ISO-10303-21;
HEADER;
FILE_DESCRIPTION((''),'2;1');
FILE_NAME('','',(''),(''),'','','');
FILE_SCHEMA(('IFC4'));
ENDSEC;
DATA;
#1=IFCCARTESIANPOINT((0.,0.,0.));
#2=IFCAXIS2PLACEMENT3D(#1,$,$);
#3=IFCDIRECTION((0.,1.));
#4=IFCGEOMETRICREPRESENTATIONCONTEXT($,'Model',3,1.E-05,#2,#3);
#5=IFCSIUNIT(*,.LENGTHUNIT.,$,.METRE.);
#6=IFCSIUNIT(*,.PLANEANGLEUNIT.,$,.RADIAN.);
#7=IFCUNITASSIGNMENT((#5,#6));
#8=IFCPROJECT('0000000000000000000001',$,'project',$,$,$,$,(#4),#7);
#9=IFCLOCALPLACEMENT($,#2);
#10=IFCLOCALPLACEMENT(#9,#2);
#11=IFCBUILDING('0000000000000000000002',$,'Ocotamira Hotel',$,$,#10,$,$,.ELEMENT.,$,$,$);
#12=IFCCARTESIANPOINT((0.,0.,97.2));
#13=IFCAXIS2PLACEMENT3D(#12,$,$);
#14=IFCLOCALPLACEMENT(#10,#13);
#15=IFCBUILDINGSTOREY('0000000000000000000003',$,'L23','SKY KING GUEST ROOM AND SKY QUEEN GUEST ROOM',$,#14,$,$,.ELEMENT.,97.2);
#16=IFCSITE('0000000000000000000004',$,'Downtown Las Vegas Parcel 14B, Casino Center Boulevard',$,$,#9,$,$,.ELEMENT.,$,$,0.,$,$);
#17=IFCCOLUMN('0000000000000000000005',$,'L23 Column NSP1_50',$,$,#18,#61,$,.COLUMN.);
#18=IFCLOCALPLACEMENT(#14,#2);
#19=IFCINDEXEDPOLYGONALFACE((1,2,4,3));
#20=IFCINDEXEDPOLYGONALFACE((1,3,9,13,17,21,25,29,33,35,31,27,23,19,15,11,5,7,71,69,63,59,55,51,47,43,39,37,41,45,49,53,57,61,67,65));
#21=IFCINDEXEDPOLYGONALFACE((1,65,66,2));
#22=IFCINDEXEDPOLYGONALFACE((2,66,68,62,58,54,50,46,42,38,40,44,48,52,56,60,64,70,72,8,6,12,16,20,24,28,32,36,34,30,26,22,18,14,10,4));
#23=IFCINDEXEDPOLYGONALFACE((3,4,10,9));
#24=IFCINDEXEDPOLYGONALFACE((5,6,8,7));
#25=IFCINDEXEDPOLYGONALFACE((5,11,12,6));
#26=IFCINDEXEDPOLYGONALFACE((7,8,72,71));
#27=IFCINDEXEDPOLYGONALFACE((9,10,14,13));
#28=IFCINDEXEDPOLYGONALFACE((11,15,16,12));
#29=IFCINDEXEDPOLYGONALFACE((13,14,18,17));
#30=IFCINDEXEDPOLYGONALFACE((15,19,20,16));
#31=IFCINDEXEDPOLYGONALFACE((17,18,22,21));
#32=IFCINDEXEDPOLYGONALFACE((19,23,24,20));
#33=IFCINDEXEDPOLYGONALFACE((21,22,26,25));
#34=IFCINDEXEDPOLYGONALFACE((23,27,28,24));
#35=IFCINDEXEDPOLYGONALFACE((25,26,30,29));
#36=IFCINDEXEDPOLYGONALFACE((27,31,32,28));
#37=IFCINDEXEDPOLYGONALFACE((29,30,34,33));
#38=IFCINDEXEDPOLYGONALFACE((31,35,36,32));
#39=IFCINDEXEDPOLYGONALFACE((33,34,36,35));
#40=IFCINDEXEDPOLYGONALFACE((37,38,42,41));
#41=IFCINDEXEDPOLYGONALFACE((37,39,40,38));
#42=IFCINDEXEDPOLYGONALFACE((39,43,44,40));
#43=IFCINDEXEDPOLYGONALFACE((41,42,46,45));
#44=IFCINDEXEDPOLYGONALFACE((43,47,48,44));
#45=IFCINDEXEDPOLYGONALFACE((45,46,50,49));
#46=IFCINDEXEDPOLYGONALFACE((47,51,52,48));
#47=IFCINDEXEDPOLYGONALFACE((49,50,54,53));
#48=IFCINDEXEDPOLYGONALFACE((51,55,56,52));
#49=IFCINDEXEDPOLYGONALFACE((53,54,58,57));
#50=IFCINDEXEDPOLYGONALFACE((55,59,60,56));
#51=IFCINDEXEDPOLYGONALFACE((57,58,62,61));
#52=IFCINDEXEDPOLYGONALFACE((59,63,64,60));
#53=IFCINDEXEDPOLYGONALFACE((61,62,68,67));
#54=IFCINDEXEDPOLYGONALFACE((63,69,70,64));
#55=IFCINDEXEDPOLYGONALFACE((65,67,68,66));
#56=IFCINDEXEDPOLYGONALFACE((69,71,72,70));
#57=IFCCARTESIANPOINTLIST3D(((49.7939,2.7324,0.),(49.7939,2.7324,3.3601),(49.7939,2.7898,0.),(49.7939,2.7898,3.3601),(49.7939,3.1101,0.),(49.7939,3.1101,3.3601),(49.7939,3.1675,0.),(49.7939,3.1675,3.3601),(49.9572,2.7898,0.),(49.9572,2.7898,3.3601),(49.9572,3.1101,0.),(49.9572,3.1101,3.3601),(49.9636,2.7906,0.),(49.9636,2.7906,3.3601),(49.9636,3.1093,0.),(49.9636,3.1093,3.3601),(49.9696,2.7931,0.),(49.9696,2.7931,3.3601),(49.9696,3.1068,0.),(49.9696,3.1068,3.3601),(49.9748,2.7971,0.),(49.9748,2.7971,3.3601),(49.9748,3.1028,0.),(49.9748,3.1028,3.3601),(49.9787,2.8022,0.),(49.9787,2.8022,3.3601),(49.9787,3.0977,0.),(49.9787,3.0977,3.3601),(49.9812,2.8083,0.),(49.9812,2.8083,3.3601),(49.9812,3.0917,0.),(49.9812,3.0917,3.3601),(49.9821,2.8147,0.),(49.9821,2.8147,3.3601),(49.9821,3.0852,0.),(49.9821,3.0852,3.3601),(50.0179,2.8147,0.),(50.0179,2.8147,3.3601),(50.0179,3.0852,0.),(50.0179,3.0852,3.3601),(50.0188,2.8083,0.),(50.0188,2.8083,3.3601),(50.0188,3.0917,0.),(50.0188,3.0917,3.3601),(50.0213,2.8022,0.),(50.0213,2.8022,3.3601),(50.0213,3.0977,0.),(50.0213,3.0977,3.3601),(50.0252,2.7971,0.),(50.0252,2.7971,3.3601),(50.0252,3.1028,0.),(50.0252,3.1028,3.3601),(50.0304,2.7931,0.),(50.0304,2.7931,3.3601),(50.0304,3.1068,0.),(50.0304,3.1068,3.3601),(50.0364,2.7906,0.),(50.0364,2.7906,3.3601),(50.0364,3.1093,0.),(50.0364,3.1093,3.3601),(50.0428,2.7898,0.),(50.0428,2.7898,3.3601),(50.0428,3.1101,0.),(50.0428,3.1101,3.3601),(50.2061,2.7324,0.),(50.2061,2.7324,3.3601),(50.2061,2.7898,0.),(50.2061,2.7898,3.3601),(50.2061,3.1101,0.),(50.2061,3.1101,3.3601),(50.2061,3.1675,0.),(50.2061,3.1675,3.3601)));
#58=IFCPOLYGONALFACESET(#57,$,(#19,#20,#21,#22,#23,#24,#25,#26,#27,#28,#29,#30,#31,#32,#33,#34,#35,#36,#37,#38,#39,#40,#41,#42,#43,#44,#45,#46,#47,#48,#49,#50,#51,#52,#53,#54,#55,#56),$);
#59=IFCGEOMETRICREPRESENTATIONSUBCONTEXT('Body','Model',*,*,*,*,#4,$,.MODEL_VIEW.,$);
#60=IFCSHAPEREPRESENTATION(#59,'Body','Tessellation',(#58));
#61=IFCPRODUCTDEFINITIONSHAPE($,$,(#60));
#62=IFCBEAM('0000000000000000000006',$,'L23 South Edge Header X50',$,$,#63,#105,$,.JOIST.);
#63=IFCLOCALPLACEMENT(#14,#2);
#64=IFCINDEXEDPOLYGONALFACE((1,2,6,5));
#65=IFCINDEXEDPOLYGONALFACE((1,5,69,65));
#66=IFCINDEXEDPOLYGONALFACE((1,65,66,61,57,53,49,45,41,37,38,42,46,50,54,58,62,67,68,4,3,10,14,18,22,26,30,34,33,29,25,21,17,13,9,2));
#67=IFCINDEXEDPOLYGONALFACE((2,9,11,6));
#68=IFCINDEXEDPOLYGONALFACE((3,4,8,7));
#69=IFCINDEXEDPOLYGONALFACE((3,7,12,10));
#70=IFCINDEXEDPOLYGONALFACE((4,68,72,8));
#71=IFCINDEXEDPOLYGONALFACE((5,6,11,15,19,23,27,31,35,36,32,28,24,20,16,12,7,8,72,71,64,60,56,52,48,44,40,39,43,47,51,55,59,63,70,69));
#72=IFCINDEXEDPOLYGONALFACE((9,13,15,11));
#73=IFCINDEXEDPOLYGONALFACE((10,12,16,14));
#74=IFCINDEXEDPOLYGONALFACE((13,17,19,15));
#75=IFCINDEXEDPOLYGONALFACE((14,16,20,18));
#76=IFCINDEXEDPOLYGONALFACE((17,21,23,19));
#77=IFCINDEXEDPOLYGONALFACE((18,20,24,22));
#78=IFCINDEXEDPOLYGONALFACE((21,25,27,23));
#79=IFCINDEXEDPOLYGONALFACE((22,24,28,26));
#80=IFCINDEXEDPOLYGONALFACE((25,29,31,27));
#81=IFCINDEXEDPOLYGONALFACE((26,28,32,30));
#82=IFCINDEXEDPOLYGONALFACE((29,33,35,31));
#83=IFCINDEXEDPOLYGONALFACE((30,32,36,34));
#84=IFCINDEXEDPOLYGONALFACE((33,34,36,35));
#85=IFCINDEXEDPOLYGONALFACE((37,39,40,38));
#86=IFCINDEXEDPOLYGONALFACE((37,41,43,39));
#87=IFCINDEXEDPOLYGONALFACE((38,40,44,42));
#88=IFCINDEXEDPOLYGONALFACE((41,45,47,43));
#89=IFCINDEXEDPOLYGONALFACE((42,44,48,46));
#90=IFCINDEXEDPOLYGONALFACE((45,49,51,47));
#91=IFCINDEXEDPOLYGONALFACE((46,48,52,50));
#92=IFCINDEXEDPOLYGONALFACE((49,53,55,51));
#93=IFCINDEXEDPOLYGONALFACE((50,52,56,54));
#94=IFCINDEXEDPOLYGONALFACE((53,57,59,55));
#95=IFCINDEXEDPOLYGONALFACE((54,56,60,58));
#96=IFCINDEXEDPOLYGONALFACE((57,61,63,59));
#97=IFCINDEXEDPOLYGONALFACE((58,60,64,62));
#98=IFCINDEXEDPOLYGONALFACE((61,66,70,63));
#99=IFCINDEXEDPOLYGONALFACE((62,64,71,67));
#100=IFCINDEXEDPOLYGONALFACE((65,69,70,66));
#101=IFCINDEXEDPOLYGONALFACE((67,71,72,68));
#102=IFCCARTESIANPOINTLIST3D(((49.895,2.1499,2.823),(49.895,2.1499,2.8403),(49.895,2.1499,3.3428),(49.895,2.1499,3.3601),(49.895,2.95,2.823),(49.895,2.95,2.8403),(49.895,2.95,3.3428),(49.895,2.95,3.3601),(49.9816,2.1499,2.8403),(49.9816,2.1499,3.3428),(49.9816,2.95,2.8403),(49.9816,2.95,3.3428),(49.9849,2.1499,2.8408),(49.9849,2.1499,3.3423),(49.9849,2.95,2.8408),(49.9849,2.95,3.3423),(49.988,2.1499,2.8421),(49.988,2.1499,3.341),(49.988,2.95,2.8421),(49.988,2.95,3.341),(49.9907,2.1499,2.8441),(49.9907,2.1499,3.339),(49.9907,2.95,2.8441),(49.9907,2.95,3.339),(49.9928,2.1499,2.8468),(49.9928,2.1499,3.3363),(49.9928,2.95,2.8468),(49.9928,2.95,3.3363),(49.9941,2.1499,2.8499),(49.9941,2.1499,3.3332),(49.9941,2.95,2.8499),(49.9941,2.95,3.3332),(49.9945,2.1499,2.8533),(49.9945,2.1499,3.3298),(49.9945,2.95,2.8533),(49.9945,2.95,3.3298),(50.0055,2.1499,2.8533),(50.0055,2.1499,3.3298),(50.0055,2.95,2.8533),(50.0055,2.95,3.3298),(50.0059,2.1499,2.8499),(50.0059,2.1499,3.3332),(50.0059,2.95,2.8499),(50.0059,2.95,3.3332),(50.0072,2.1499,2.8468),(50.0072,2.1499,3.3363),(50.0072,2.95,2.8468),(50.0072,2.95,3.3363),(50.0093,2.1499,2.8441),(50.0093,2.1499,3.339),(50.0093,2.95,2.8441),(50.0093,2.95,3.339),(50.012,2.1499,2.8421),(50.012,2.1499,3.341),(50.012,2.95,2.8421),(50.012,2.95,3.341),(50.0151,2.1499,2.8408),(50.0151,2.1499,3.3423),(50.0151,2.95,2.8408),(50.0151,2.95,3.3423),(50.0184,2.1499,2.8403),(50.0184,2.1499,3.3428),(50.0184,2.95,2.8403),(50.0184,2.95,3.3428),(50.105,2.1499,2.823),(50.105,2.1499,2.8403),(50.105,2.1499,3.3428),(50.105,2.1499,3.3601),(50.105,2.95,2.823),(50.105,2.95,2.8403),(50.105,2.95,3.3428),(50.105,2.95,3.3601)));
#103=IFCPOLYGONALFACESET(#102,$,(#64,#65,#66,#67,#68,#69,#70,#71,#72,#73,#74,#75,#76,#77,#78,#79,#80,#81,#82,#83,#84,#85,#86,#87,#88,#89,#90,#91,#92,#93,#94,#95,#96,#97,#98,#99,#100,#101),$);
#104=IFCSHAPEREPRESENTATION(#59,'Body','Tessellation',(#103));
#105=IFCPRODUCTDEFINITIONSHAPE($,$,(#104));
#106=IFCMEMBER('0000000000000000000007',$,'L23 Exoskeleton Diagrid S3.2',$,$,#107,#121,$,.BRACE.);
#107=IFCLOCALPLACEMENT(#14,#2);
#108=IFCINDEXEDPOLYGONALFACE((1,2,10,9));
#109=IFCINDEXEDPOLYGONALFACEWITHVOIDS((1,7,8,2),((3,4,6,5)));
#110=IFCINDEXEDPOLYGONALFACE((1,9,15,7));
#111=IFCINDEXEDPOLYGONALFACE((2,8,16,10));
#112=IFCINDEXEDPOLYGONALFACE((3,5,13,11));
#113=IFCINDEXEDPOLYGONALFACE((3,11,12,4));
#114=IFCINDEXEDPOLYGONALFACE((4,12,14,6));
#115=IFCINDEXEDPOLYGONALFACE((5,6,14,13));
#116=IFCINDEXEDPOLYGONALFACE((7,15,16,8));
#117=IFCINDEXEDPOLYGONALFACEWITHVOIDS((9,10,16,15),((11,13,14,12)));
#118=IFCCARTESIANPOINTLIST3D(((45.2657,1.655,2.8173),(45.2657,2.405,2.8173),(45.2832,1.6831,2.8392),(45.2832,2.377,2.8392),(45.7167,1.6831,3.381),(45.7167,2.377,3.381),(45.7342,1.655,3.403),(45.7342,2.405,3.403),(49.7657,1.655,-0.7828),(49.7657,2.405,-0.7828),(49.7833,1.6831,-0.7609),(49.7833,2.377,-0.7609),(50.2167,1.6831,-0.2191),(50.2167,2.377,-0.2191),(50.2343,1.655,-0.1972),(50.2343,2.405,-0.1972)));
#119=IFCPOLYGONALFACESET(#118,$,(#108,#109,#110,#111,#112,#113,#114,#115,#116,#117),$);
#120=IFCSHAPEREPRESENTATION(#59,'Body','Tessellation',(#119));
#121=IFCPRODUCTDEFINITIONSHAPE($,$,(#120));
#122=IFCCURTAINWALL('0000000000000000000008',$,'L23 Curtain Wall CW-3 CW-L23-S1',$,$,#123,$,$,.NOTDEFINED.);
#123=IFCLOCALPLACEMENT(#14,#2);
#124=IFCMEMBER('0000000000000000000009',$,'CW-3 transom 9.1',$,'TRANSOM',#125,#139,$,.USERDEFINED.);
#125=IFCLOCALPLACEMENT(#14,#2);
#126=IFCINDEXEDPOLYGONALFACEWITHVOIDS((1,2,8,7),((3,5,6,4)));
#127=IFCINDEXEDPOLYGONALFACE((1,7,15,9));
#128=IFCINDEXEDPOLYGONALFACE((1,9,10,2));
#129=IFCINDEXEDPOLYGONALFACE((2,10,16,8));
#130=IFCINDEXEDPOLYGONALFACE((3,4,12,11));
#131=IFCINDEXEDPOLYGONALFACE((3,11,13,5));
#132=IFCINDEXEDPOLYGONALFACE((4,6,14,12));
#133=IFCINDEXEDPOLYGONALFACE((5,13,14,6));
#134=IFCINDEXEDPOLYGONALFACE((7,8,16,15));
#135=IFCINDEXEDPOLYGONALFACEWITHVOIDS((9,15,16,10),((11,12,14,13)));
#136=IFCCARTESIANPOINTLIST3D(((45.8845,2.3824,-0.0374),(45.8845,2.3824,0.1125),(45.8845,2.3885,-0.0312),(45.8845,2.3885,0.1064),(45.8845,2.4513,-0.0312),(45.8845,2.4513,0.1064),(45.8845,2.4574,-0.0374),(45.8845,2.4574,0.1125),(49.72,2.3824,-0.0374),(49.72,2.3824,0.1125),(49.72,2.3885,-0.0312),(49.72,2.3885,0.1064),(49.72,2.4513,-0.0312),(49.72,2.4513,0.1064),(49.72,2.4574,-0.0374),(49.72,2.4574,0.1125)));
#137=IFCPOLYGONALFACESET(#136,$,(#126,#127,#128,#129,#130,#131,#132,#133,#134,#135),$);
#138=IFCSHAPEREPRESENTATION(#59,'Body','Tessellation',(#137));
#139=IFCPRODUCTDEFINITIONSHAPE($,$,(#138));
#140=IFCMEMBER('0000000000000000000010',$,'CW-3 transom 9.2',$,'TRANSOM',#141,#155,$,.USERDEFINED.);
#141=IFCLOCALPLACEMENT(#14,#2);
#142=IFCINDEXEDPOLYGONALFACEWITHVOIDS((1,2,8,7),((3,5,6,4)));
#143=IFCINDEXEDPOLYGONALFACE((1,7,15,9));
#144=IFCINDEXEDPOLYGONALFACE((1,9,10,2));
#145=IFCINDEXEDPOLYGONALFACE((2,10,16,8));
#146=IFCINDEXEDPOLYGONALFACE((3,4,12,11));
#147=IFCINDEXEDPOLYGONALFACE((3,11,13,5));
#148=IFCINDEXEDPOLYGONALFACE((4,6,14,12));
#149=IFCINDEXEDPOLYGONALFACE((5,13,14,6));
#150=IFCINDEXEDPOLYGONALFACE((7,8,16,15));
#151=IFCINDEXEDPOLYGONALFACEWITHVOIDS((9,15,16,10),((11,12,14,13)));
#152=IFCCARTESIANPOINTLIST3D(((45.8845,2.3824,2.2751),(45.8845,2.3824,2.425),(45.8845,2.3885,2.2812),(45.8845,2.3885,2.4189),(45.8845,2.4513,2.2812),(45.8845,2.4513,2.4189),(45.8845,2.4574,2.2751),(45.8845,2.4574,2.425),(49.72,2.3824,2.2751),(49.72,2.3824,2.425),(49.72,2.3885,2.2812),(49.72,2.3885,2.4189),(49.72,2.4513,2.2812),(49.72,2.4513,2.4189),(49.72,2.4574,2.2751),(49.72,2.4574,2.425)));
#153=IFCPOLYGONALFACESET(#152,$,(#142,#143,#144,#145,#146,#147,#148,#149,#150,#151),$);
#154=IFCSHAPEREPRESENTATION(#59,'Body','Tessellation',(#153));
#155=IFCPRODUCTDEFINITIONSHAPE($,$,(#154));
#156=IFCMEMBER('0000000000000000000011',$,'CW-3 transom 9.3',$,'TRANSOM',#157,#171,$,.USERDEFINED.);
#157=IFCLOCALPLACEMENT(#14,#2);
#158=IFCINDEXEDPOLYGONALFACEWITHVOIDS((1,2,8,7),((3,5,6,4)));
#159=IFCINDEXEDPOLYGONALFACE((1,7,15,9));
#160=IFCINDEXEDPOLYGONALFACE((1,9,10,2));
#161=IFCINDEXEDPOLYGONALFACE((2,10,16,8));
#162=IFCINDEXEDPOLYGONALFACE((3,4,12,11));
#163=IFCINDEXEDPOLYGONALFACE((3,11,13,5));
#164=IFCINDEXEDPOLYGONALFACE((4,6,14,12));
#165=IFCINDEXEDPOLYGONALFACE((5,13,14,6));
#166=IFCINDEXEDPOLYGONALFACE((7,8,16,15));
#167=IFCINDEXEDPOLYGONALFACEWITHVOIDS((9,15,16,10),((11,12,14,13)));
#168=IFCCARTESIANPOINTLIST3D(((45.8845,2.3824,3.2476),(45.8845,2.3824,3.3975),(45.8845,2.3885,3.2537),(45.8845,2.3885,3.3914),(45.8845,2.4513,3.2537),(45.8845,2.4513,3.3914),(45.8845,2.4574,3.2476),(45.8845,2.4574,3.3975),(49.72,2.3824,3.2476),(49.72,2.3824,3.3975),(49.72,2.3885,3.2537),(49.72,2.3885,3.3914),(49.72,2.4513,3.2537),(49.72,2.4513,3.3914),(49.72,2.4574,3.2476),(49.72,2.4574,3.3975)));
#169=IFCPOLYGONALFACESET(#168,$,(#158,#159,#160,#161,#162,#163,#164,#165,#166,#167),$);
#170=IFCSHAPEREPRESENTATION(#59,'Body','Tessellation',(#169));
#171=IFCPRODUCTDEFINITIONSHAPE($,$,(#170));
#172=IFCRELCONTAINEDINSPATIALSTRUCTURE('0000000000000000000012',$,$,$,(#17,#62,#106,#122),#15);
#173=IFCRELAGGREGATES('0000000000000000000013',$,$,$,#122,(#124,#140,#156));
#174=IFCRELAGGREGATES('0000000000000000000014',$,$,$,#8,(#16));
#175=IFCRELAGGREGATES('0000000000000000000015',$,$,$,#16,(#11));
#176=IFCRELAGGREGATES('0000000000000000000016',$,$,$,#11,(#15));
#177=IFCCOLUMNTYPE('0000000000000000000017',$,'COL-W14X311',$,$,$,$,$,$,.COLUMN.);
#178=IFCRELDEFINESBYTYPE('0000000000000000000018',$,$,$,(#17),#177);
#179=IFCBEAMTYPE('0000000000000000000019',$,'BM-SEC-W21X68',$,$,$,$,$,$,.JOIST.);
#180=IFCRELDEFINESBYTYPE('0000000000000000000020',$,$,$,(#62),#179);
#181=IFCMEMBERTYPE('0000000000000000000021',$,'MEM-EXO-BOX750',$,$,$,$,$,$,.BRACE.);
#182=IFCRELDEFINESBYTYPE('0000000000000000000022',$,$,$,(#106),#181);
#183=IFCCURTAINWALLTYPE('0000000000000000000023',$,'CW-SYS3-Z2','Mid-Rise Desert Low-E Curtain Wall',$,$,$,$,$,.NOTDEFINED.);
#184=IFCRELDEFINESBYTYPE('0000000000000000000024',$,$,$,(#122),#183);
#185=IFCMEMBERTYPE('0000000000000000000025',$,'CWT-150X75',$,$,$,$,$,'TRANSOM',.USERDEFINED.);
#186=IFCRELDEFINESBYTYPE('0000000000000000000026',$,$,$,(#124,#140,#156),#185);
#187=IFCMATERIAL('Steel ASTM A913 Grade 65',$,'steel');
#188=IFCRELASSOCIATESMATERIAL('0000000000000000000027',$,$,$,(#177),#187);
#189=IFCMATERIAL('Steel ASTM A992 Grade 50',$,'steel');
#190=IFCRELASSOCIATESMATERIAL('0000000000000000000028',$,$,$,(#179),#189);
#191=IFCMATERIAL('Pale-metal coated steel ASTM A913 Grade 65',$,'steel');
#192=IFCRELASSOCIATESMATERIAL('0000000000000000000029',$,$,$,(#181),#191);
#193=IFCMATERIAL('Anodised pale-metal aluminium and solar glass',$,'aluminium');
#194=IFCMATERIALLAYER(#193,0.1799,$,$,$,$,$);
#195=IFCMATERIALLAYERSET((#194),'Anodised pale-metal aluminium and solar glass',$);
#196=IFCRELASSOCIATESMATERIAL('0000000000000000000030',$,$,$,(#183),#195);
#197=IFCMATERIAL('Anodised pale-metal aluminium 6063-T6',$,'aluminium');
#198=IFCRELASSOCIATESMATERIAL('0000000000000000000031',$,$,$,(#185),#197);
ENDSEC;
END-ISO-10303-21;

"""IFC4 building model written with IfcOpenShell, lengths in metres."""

from ifc_helpers import new_model, si_unit, direction, frame, origin, origin_2d, place, context, subcontext, project, spatial, hollow_rectangle, i_section, extrude, source, transform, mapped, material, layer, layer_set, material_profile, profile_set, type_object, element, aggregate, save


model = new_model("IFC4")

# Units and contexts
model_context = context("Model", 3, precision=1e-05, world=origin(), true_north=direction((0.0, 1.0)))
body_context = subcontext(model_context, "Body", "Model", "MODEL_VIEW")
ifc_project = project(units=[si_unit("LENGTHUNIT", "METRE"), si_unit("PLANEANGLEUNIT", "RADIAN")], contexts=[model_context])

# Site, building, storey
site_placement = place(None, origin())
site = spatial("IfcSite", under=ifc_project, at=site_placement, Name="Downtown Las Vegas Parcel 14B, Casino Center Boulevard", CompositionType="ELEMENT", RefElevation=0.0)
building_placement = place(site_placement, origin())
building = spatial("IfcBuilding", under=site, at=building_placement, Name="Ocotamira Hotel", CompositionType="ELEMENT")
storey_placement = place(building_placement, frame((0.0, 0.0, 97.2)))
storey = spatial("IfcBuildingStorey", under=building, at=storey_placement, Name="L23", Description="SKY KING GUEST ROOM AND SKY QUEEN GUEST ROOM", CompositionType="ELEMENT", Elevation=97.2)

# Column
ifc_material_1 = material(Name="Steel ASTM A913 Grade 65", Category="steel")
ifc_material_profile_1 = material_profile(ifc_material_1, i_section(OverallWidth=0.4121, OverallDepth=0.4351, WebThickness=0.0359, FlangeThickness=0.0574, FilletRadius=0.0249, at=origin_2d()), Name="W14X311")
ifc_profile_set_1 = profile_set([ifc_material_profile_1], Name="Steel ASTM A913 Grade 65")
column_type = type_object("IfcColumnType", Name="COL-W14X311", PredefinedType="COLUMN", material=ifc_profile_set_1)
shared_shape_1 = source(origin(), body_context, "Body", "SweptSolid", [
    extrude(i_section(OverallWidth=0.4121, OverallDepth=0.4351, WebThickness=0.0359, FlangeThickness=0.0574, FilletRadius=0.0249, at=origin_2d()), origin(), (0.0, 0.0, 1.0), 3.3601),
])
column_placement = place(storey_placement, frame((50.0, 2.95, 0.0), z_axis=(0.0, 0.0, 1.0), x_axis=(1.0, 0.0, 0.0)))
element("IfcColumn", 1, at=column_placement, inside=storey, type_object=column_type, Name="L23 Column NSP1_50", PredefinedType="COLUMN", context=body_context, shape_type="MappedRepresentation", body=[
    mapped(shared_shape_1, transform((0.0, 0.0, 0.0), scale=1.0)),
])

# Beam
ifc_material_2 = material(Name="Steel ASTM A992 Grade 50", Category="steel")
ifc_material_profile_2 = material_profile(ifc_material_2, i_section(OverallWidth=0.21, OverallDepth=0.5371, WebThickness=0.011, FlangeThickness=0.0173, FilletRadius=0.0129, at=origin_2d()), Name="W21X68")
ifc_profile_set_2 = profile_set([ifc_material_profile_2], Name="Steel ASTM A992 Grade 50")
beam_type = type_object("IfcBeamType", Name="BM-SEC-W21X68", PredefinedType="JOIST", material=ifc_profile_set_2)
shared_shape_2 = source(origin(), body_context, "Body", "SweptSolid", [
    extrude(i_section(OverallWidth=0.21, OverallDepth=0.5371, WebThickness=0.011, FlangeThickness=0.0173, FilletRadius=0.0129, at=origin_2d()), origin(), (0.0, 0.0, 1.0), 0.8),
])
beam_placement = place(storey_placement, frame((50.0, 2.95, 3.0916), z_axis=(0.0, -1.0, 0.0), x_axis=(1.0, 0.0, 0.0)))
element("IfcBeam", 2, at=beam_placement, inside=storey, type_object=beam_type, Name="L23 South Edge Header X50", PredefinedType="JOIST", context=body_context, shape_type="MappedRepresentation", body=[
    mapped(shared_shape_2, transform((0.0, 0.0, 0.0), scale=1.0)),
])

# Member
ifc_material_3 = material(Name="Pale-metal coated steel ASTM A913 Grade 65", Category="steel")
ifc_material_profile_3 = material_profile(ifc_material_3, hollow_rectangle(XDim=0.75, YDim=0.75, WallThickness=0.0281, at=origin_2d()), Name="BOX750X750X28")
ifc_profile_set_3 = profile_set([ifc_material_profile_3], Name="Pale-metal coated steel ASTM A913 Grade 65")
member_type_1 = type_object("IfcMemberType", Name="MEM-EXO-BOX750", PredefinedType="BRACE", material=ifc_profile_set_3)
shared_shape_3 = source(origin(), body_context, "Body", "SweptSolid", [
    extrude(hollow_rectangle(XDim=0.75, YDim=0.75, WallThickness=0.0281, at=origin_2d()), origin(), (0.0, 0.0, 1.0), 5.7629),
])
member_1_placement = place(storey_placement, frame((50.0, 2.03, -0.49), z_axis=(-0.780861, 0.0, 0.624705), x_axis=(0.0, -1.0, 0.0)))
element("IfcMember", 3, at=member_1_placement, inside=storey, type_object=member_type_1, Name="L23 Exoskeleton Diagrid S3.2", PredefinedType="BRACE", context=body_context, shape_type="MappedRepresentation", body=[
    mapped(shared_shape_3, transform((0.0, 0.0, 0.0), scale=1.0)),
])

# Curtain wall, members
ifc_material_4 = material(Name="Anodised pale-metal aluminium and solar glass", Category="aluminium")
ifc_layer_1 = layer(ifc_material_4, 0.1799)
ifc_layer_set_1 = layer_set([ifc_layer_1], Name="Anodised pale-metal aluminium and solar glass")
curtain_wall_type = type_object("IfcCurtainWallType", Name="CW-SYS3-Z2", Description="Mid-Rise Desert Low-E Curtain Wall", PredefinedType="NOTDEFINED", material=ifc_layer_set_1)
curtain_wall_placement = place(storey_placement, origin())
curtain_wall = element("IfcCurtainWall", 4, at=curtain_wall_placement, inside=storey, type_object=curtain_wall_type, Name="L23 Curtain Wall CW-3 CW-L23-S1", PredefinedType="NOTDEFINED")
ifc_material_5 = material(Name="Anodised pale-metal aluminium 6063-T6", Category="aluminium")
ifc_material_profile_4 = material_profile(ifc_material_5, hollow_rectangle(XDim=0.075, YDim=0.1499, WallThickness=0.0061, at=origin_2d()), Name="HSS150X75X6")
ifc_profile_set_4 = profile_set([ifc_material_profile_4], Name="Anodised pale-metal aluminium 6063-T6")
member_type_2 = type_object("IfcMemberType", Name="CWT-150X75", ElementType="TRANSOM", PredefinedType="USERDEFINED", material=ifc_profile_set_4)
shared_shape_4 = source(origin(), body_context, "Body", "SweptSolid", [
    extrude(hollow_rectangle(XDim=0.075, YDim=0.1499, WallThickness=0.0061, at=origin_2d()), origin(), (0.0, 0.0, 1.0), 3.8354),
])
member_2_placement = place(storey_placement, frame((45.8845, 2.4199, 0.0376), z_axis=(1.0, 0.0, 0.0), x_axis=(0.0, 1.0, 0.0)))
member_2 = element("IfcMember", 5, at=member_2_placement, type_object=member_type_2, Name="CW-3 transom 9.1", ObjectType="TRANSOM", PredefinedType="USERDEFINED", context=body_context, shape_type="MappedRepresentation", body=[
    mapped(shared_shape_4, transform((0.0, 0.0, 0.0), scale=1.0)),
])
member_3_placement = place(storey_placement, frame((45.8845, 2.4199, 2.3501), z_axis=(1.0, 0.0, 0.0), x_axis=(0.0, 1.0, 0.0)))
member_3 = element("IfcMember", 6, at=member_3_placement, type_object=member_type_2, Name="CW-3 transom 9.2", ObjectType="TRANSOM", PredefinedType="USERDEFINED", context=body_context, shape_type="MappedRepresentation", body=[
    mapped(shared_shape_4, transform((0.0, 0.0, 0.0), scale=1.0)),
])
member_4_placement = place(storey_placement, frame((45.8845, 2.4199, 3.3225), z_axis=(1.0, 0.0, 0.0), x_axis=(0.0, 1.0, 0.0)))
member_4 = element("IfcMember", 7, at=member_4_placement, type_object=member_type_2, Name="CW-3 transom 9.3", ObjectType="TRANSOM", PredefinedType="USERDEFINED", context=body_context, shape_type="MappedRepresentation", body=[
    mapped(shared_shape_4, transform((0.0, 0.0, 0.0), scale=1.0)),
])

aggregate(curtain_wall, [member_2, member_3, member_4])

save(model, "model.ifc")
